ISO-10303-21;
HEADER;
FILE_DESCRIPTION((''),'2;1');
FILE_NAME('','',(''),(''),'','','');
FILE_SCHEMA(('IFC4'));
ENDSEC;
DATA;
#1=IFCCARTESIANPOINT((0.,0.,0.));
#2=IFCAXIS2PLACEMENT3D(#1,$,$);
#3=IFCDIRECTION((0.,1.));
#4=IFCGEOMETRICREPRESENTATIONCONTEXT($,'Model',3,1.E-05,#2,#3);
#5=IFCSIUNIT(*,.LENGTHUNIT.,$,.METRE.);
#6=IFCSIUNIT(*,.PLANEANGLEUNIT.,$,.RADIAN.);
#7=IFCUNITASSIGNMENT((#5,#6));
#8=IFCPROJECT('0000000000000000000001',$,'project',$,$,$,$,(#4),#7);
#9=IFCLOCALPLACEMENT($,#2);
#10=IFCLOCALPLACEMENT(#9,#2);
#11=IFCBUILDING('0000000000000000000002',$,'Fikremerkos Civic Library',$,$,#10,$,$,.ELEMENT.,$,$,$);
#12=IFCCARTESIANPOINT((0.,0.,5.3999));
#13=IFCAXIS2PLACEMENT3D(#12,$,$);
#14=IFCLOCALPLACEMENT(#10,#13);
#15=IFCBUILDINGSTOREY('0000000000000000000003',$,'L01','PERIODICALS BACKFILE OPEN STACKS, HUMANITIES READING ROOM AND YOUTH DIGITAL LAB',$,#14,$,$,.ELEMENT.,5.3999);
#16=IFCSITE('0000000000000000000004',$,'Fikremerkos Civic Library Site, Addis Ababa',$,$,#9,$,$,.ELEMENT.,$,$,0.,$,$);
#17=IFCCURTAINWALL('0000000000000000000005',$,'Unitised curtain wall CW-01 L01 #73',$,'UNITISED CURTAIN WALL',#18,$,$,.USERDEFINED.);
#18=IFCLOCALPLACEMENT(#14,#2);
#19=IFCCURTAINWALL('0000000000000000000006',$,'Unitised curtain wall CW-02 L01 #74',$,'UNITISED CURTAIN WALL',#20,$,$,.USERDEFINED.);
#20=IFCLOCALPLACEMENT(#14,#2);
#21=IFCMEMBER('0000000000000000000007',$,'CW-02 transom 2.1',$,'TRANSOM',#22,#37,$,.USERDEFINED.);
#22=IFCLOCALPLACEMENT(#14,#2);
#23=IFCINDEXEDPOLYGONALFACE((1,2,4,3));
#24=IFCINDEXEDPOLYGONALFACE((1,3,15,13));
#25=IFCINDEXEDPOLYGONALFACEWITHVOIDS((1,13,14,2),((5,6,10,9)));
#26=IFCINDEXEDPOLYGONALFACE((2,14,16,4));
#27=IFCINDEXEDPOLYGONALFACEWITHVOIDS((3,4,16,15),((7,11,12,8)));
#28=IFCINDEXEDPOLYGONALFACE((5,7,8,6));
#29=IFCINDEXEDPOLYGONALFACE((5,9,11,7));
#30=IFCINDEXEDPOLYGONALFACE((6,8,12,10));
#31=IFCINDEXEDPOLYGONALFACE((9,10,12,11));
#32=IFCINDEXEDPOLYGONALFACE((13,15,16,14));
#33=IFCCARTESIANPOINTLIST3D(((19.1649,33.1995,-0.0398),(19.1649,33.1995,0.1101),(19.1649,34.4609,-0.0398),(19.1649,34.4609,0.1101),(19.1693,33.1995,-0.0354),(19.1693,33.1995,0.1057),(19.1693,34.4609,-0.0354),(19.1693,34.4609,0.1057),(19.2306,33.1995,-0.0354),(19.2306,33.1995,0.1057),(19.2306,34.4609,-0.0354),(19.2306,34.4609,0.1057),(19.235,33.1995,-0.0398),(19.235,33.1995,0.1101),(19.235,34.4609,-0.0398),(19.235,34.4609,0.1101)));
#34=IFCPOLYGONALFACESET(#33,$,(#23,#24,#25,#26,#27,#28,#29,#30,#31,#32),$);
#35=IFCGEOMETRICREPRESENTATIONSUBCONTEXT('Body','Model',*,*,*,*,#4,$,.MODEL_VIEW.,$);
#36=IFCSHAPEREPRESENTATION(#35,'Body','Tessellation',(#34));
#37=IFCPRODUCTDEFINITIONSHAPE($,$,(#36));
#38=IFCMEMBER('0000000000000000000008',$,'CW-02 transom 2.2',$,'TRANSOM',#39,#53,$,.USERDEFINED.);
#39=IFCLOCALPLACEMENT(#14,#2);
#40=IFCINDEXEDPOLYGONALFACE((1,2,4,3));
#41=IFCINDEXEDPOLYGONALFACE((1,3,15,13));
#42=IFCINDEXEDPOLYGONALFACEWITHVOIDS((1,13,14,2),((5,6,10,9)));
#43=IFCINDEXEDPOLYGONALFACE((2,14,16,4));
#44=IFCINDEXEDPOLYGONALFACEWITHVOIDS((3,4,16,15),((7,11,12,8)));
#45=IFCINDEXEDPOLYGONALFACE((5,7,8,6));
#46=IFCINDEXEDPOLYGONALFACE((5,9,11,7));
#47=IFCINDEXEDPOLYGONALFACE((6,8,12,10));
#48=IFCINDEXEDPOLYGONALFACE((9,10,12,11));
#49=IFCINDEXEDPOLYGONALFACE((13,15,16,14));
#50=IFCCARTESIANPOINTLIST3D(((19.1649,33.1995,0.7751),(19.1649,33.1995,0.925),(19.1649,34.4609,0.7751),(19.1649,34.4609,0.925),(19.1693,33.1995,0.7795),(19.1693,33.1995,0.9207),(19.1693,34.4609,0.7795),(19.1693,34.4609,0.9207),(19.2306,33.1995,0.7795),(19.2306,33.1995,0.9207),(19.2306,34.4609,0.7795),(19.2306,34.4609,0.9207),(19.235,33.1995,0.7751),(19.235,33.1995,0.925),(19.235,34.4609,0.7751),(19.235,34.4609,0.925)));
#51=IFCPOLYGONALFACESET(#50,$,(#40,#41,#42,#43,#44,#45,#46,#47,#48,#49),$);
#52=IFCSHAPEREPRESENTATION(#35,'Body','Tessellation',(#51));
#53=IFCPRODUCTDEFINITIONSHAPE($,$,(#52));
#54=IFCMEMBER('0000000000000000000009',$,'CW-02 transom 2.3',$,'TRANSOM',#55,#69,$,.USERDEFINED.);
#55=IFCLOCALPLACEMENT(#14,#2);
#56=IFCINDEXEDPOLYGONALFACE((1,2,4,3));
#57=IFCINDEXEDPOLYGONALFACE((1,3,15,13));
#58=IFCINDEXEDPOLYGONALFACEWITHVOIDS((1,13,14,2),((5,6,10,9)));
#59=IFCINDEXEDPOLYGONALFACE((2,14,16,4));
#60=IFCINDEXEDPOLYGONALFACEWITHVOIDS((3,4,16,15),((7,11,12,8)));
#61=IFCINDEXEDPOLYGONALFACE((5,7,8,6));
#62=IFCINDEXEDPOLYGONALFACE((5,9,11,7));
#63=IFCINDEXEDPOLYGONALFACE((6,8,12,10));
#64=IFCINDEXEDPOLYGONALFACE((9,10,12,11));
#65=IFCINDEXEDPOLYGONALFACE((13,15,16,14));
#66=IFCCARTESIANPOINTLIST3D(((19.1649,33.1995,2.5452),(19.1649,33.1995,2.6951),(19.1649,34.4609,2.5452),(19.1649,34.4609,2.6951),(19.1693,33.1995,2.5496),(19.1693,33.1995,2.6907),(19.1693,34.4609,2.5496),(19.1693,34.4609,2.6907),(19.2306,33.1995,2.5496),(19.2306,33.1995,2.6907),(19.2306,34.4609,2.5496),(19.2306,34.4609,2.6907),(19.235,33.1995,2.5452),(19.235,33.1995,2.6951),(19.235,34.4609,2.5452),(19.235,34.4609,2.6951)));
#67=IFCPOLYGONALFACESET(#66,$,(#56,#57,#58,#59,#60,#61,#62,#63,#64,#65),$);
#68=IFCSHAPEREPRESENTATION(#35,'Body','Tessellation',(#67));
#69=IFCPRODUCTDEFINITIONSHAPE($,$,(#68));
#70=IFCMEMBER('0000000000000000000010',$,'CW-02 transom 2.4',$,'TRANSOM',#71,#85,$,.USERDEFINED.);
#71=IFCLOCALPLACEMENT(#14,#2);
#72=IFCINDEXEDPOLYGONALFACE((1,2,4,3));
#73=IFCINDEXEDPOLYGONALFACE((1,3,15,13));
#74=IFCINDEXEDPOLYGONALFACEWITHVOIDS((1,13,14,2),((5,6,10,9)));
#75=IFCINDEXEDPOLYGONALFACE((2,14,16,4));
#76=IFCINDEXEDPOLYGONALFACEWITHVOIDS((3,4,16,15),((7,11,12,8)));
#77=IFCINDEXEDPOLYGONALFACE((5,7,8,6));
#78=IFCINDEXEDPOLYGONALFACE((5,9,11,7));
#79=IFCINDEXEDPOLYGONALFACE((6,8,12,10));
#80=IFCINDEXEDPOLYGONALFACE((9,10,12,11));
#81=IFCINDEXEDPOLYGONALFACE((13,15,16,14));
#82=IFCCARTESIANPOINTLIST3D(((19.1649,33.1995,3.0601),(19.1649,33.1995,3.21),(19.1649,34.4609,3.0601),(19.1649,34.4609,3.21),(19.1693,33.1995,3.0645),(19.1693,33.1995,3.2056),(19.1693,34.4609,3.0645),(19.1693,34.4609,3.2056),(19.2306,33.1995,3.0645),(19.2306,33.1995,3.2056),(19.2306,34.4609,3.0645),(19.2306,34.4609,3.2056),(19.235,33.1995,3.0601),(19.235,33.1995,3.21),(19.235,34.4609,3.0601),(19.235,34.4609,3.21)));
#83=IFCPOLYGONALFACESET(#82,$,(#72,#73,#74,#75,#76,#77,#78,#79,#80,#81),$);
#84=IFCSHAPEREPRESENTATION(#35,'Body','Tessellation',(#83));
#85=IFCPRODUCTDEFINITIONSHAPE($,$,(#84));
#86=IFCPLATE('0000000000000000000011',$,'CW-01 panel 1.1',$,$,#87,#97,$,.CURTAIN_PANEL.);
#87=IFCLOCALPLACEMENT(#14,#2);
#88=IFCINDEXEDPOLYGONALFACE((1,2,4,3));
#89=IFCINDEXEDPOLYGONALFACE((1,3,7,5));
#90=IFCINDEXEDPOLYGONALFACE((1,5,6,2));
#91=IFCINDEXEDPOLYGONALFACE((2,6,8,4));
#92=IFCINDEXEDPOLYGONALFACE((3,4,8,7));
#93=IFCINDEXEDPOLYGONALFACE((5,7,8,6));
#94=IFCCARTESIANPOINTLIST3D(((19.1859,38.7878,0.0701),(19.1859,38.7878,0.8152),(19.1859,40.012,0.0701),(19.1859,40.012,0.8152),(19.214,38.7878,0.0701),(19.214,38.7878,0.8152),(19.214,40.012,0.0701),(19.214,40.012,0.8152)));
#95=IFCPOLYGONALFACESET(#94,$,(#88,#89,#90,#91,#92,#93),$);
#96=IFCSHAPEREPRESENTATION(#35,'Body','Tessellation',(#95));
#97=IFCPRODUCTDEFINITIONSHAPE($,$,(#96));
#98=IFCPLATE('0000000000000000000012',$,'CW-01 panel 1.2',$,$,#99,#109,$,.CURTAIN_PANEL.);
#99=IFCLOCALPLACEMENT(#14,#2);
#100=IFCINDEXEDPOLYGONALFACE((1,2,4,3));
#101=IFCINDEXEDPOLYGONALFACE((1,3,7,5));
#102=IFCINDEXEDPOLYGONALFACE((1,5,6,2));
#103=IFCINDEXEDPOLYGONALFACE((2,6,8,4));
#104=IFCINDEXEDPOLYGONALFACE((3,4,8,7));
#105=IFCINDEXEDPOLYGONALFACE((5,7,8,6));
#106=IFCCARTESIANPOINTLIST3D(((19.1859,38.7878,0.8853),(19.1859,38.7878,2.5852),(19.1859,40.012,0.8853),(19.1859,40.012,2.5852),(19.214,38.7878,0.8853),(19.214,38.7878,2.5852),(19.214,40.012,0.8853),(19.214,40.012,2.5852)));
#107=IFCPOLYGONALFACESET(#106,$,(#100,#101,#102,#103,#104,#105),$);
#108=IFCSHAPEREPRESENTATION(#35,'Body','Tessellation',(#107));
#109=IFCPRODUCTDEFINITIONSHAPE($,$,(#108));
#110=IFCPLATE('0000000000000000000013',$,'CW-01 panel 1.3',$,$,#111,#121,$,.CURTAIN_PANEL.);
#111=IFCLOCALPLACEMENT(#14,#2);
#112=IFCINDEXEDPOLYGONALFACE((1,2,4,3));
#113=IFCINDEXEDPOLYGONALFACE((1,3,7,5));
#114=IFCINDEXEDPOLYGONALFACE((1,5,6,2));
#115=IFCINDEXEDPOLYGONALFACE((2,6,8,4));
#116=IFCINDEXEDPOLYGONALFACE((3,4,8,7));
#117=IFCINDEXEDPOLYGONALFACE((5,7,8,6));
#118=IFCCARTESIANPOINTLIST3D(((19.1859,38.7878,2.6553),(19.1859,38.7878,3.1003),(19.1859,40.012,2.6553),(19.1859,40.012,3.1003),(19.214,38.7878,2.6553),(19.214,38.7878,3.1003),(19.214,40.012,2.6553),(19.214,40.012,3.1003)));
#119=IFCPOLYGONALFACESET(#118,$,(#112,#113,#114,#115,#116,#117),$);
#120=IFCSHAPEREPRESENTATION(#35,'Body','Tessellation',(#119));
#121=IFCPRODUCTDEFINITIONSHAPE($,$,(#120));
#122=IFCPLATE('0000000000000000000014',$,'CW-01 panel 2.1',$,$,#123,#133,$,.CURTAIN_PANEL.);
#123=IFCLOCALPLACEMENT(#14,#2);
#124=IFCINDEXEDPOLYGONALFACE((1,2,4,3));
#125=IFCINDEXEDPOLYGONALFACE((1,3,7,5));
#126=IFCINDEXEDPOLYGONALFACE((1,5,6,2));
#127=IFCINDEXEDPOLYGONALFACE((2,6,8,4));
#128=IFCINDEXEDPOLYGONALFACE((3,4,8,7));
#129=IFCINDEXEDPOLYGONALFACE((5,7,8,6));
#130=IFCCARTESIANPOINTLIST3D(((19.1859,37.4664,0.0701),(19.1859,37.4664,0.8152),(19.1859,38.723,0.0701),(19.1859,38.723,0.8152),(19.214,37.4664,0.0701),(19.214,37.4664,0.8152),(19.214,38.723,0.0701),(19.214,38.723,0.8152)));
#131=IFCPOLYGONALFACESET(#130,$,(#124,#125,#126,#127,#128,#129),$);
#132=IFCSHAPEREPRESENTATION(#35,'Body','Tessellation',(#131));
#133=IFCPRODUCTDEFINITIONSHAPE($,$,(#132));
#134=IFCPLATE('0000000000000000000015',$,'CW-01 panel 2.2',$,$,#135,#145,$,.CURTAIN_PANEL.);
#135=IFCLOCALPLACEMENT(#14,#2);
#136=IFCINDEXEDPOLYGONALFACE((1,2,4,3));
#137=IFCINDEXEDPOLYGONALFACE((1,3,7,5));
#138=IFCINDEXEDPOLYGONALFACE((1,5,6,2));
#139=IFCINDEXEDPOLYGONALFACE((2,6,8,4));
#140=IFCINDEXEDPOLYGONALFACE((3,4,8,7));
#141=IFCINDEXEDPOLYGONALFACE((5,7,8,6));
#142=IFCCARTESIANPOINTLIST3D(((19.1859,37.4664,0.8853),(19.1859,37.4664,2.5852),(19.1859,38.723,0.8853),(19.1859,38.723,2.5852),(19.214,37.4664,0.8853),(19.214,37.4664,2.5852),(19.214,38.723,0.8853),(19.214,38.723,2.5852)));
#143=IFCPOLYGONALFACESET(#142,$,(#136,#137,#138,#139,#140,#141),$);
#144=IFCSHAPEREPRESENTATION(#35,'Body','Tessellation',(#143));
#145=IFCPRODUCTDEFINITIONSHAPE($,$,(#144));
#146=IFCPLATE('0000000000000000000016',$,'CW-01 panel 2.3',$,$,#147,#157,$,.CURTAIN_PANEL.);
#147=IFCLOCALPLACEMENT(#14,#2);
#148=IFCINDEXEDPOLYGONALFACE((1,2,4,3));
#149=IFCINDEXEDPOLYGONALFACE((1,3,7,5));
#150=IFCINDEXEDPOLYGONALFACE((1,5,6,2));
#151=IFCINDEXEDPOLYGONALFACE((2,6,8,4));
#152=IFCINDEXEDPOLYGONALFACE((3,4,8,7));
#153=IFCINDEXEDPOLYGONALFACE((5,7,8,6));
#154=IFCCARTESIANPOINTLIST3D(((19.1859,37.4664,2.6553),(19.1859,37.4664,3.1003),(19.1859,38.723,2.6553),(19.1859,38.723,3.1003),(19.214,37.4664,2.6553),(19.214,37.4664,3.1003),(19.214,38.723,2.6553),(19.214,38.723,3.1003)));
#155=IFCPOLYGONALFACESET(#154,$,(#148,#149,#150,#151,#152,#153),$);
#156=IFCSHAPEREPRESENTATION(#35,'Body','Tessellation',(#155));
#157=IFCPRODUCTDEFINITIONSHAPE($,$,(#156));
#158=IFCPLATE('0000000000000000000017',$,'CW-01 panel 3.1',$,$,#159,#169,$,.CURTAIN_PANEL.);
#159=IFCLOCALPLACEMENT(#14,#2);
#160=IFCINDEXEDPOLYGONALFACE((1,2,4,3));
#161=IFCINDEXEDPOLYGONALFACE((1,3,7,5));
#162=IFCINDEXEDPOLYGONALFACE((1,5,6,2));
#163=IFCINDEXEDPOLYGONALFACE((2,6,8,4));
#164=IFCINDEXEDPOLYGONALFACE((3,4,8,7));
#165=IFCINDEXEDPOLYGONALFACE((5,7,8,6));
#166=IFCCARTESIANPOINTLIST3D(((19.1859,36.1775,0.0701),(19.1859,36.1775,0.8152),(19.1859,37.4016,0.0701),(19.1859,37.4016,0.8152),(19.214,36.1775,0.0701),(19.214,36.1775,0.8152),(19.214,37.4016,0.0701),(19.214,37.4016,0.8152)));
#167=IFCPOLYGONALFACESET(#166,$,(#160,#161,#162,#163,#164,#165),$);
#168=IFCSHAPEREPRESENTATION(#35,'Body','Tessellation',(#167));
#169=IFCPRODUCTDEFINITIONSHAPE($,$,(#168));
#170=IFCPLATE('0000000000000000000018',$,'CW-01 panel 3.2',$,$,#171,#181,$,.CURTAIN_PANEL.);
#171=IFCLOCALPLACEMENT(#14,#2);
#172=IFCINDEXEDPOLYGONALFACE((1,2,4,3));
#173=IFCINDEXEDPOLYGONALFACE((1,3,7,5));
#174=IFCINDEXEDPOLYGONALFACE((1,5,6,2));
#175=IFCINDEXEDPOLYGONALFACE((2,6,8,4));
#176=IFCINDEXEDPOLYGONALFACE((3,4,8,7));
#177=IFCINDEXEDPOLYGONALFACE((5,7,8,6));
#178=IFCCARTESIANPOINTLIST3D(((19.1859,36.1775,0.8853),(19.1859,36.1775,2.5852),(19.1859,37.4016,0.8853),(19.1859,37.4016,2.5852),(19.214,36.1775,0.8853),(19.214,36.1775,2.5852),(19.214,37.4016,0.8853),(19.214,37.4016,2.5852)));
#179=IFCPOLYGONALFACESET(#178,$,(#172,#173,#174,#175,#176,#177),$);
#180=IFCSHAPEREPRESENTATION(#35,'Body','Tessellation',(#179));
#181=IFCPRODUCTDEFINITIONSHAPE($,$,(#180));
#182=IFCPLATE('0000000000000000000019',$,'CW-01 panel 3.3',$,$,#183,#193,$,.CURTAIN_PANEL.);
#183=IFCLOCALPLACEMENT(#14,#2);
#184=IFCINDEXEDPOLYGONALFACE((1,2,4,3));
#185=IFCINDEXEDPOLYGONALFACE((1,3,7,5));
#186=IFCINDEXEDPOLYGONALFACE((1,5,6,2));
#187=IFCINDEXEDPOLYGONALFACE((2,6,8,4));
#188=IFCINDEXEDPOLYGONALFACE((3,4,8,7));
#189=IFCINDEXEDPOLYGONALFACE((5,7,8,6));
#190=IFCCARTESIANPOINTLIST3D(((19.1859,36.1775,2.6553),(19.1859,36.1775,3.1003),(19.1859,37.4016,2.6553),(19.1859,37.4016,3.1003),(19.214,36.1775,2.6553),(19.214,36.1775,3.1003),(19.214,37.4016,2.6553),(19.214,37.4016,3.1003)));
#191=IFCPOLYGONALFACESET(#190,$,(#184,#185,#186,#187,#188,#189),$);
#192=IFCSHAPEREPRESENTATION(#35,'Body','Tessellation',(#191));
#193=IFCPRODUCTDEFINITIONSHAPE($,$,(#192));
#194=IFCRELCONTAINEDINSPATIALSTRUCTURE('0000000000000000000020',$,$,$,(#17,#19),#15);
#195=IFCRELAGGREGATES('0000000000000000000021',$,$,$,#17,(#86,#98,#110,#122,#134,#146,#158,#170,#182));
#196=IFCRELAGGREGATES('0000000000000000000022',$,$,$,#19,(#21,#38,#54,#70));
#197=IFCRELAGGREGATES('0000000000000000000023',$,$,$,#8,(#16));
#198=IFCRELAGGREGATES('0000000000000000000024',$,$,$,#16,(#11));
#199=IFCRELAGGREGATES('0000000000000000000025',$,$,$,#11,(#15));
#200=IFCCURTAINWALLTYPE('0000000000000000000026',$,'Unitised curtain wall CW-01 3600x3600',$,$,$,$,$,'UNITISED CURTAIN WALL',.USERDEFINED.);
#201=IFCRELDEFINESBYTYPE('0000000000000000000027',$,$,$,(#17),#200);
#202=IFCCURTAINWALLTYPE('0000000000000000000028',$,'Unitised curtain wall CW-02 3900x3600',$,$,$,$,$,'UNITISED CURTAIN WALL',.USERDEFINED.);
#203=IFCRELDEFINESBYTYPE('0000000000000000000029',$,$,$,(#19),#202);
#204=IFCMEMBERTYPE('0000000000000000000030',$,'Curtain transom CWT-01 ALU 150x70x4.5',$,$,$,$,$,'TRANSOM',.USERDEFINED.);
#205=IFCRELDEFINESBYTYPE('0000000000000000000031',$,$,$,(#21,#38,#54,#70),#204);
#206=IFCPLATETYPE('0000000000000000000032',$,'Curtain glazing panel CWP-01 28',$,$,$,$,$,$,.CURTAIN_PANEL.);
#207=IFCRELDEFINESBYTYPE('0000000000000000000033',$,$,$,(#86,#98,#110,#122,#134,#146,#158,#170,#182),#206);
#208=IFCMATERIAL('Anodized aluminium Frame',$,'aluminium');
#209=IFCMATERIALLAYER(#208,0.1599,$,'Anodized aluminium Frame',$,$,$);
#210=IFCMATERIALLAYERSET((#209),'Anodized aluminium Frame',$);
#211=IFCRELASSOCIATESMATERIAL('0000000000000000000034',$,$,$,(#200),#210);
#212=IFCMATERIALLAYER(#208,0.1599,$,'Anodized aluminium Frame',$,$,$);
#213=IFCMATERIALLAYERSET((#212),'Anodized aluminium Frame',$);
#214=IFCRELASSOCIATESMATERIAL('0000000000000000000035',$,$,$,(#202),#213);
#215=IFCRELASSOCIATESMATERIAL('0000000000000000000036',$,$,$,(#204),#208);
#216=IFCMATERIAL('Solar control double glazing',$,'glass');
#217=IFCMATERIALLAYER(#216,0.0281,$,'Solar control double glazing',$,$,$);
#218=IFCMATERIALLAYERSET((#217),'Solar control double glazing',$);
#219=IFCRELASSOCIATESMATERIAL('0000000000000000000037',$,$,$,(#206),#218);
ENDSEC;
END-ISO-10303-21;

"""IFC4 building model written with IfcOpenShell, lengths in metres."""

from ifc_helpers import new_model, si_unit, direction, frame, origin, origin_2d, place, context, subcontext, project, spatial, rectangle, hollow_rectangle, extrude, material, layer, layer_set, material_profile, profile_set, type_object, element, aggregate, save


model = new_model("IFC4")

# Units and contexts
model_context = context("Model", 3, precision=1e-05, world=origin(), true_north=direction((0.0, 1.0)))
body_context = subcontext(model_context, "Body", "Model", "MODEL_VIEW")
ifc_project = project(units=[si_unit("LENGTHUNIT", "METRE"), si_unit("PLANEANGLEUNIT", "RADIAN")], contexts=[model_context])

# Site, building, storey
site_placement = place(None, origin())
site = spatial("IfcSite", under=ifc_project, at=site_placement, Name="Fikremerkos Civic Library Site, Addis Ababa", CompositionType="ELEMENT", RefElevation=0.0)
building_placement = place(site_placement, origin())
building = spatial("IfcBuilding", under=site, at=building_placement, Name="Fikremerkos Civic Library", CompositionType="ELEMENT")
storey_placement = place(building_placement, frame((0.0, 0.0, 5.3999)))
storey = spatial("IfcBuildingStorey", under=building, at=storey_placement, Name="L01", Description="PERIODICALS BACKFILE OPEN STACKS, HUMANITIES READING ROOM AND YOUTH DIGITAL LAB", CompositionType="ELEMENT", Elevation=5.3999)

# Curtain walls
ifc_material_1 = material(Name="Anodized aluminium Frame", Category="aluminium")
ifc_layer_1 = layer(ifc_material_1, 0.1599, Name="Anodized aluminium Frame")
ifc_layer_set_1 = layer_set([ifc_layer_1], Name="Anodized aluminium Frame")
curtain_wall_type_1 = type_object("IfcCurtainWallType", Name="Unitised curtain wall CW-01 3600x3600", ElementType="UNITISED CURTAIN WALL", PredefinedType="USERDEFINED", material=ifc_layer_set_1)
curtain_wall_1_placement = place(storey_placement, origin())
curtain_wall_1 = element("IfcCurtainWall", 1, at=curtain_wall_1_placement, inside=storey, type_object=curtain_wall_type_1, Name="Unitised curtain wall CW-01 L01 #73", ObjectType="UNITISED CURTAIN WALL", PredefinedType="USERDEFINED")
ifc_layer_2 = layer(ifc_material_1, 0.1599, Name="Anodized aluminium Frame")
ifc_layer_set_2 = layer_set([ifc_layer_2], Name="Anodized aluminium Frame")
curtain_wall_type_2 = type_object("IfcCurtainWallType", Name="Unitised curtain wall CW-02 3900x3600", ElementType="UNITISED CURTAIN WALL", PredefinedType="USERDEFINED", material=ifc_layer_set_2)
curtain_wall_2_placement = place(storey_placement, origin())
curtain_wall_2 = element("IfcCurtainWall", 2, at=curtain_wall_2_placement, inside=storey, type_object=curtain_wall_type_2, Name="Unitised curtain wall CW-02 L01 #74", ObjectType="UNITISED CURTAIN WALL", PredefinedType="USERDEFINED")

# Members
ifc_material_profile_1 = material_profile(ifc_material_1, hollow_rectangle(XDim=0.0701, YDim=0.1499, WallThickness=0.0044, at=origin_2d()), Name="ALU 150x70x4.5")
ifc_profile_set_1 = profile_set([ifc_material_profile_1], Name="Anodized aluminium Frame")
member_type_1 = type_object("IfcMemberType", Name="Curtain transom CWT-01 ALU 150x70x4.5", ElementType="TRANSOM", PredefinedType="USERDEFINED", material=ifc_profile_set_1)
member_1_placement = place(storey_placement, frame((19.2, 34.4609, 0.0352), z_axis=(0.0, -1.0, 0.0), x_axis=(1.0, 0.0, 0.0)))
member_1 = element("IfcMember", 3, at=member_1_placement, type_object=member_type_1, Name="CW-02 transom 2.1", ObjectType="TRANSOM", PredefinedType="USERDEFINED", context=body_context, shape_type="SweptSolid", body=[
    extrude(hollow_rectangle(XDim=0.0701, YDim=0.1499, WallThickness=0.0044, at=origin_2d()), origin(), (0.0, 0.0, 1.0), 1.2615),
])
member_2_placement = place(storey_placement, frame((19.2, 34.4609, 0.8501), z_axis=(0.0, -1.0, 0.0), x_axis=(1.0, 0.0, 0.0)))
member_2 = element("IfcMember", 4, at=member_2_placement, type_object=member_type_1, Name="CW-02 transom 2.2", ObjectType="TRANSOM", PredefinedType="USERDEFINED", context=body_context, shape_type="SweptSolid", body=[
    extrude(hollow_rectangle(XDim=0.0701, YDim=0.1499, WallThickness=0.0044, at=origin_2d()), origin(), (0.0, 0.0, 1.0), 1.2615),
])
member_3_placement = place(storey_placement, frame((19.2, 34.4609, 2.6201), z_axis=(0.0, -1.0, 0.0), x_axis=(1.0, 0.0, 0.0)))
member_3 = element("IfcMember", 5, at=member_3_placement, type_object=member_type_1, Name="CW-02 transom 2.3", ObjectType="TRANSOM", PredefinedType="USERDEFINED", context=body_context, shape_type="SweptSolid", body=[
    extrude(hollow_rectangle(XDim=0.0701, YDim=0.1499, WallThickness=0.0044, at=origin_2d()), origin(), (0.0, 0.0, 1.0), 1.2615),
])
member_4_placement = place(storey_placement, frame((19.2, 34.4609, 3.135), z_axis=(0.0, -1.0, 0.0), x_axis=(1.0, 0.0, 0.0)))
member_4 = element("IfcMember", 6, at=member_4_placement, type_object=member_type_1, Name="CW-02 transom 2.4", ObjectType="TRANSOM", PredefinedType="USERDEFINED", context=body_context, shape_type="SweptSolid", body=[
    extrude(hollow_rectangle(XDim=0.0701, YDim=0.1499, WallThickness=0.0044, at=origin_2d()), origin(), (0.0, 0.0, 1.0), 1.2615),
])

# Plates
ifc_material_2 = material(Name="Solar control double glazing", Category="glass")
ifc_layer_3 = layer(ifc_material_2, 0.0281, Name="Solar control double glazing")
ifc_layer_set_3 = layer_set([ifc_layer_3], Name="Solar control double glazing")
plate_type_1 = type_object("IfcPlateType", Name="Curtain glazing panel CWP-01 28", PredefinedType="CURTAIN_PANEL", material=ifc_layer_set_3)
plate_1_placement = place(storey_placement, frame((19.2, 39.3999, 0.0701), z_axis=(0.0, 0.0, 1.0), x_axis=(0.0, -1.0, 0.0)))
plate_1 = element("IfcPlate", 7, at=plate_1_placement, type_object=plate_type_1, Name="CW-01 panel 1.1", PredefinedType="CURTAIN_PANEL", context=body_context, shape_type="SweptSolid", body=[
    extrude(rectangle(XDim=1.2241, YDim=0.0281, at=origin_2d()), origin(), (0.0, 0.0, 1.0), 0.7451),
])
plate_2_placement = place(storey_placement, frame((19.2, 39.3999, 0.8853), z_axis=(0.0, 0.0, 1.0), x_axis=(0.0, -1.0, 0.0)))
plate_2 = element("IfcPlate", 8, at=plate_2_placement, type_object=plate_type_1, Name="CW-01 panel 1.2", PredefinedType="CURTAIN_PANEL", context=body_context, shape_type="SweptSolid", body=[
    extrude(rectangle(XDim=1.2241, YDim=0.0281, at=origin_2d()), origin(), (0.0, 0.0, 1.0), 1.7),
])
plate_3_placement = place(storey_placement, frame((19.2, 39.3999, 2.6553), z_axis=(0.0, 0.0, 1.0), x_axis=(0.0, -1.0, 0.0)))
plate_3 = element("IfcPlate", 9, at=plate_3_placement, type_object=plate_type_1, Name="CW-01 panel 1.3", PredefinedType="CURTAIN_PANEL", context=body_context, shape_type="SweptSolid", body=[
    extrude(rectangle(XDim=1.2241, YDim=0.0281, at=origin_2d()), origin(), (0.0, 0.0, 1.0), 0.4451),
])
plate_4_placement = place(storey_placement, frame((19.2, 38.0947, 0.0701), z_axis=(0.0, 0.0, 1.0), x_axis=(0.0, -1.0, 0.0)))
plate_4 = element("IfcPlate", 10, at=plate_4_placement, type_object=plate_type_1, Name="CW-01 panel 2.1", PredefinedType="CURTAIN_PANEL", context=body_context, shape_type="SweptSolid", body=[
    extrude(rectangle(XDim=1.2566, YDim=0.0281, at=origin_2d()), origin(), (0.0, 0.0, 1.0), 0.7451),
])
plate_5_placement = place(storey_placement, frame((19.2, 38.0947, 0.8853), z_axis=(0.0, 0.0, 1.0), x_axis=(0.0, -1.0, 0.0)))
plate_5 = element("IfcPlate", 11, at=plate_5_placement, type_object=plate_type_1, Name="CW-01 panel 2.2", PredefinedType="CURTAIN_PANEL", context=body_context, shape_type="SweptSolid", body=[
    extrude(rectangle(XDim=1.2566, YDim=0.0281, at=origin_2d()), origin(), (0.0, 0.0, 1.0), 1.7),
])
plate_6_placement = place(storey_placement, frame((19.2, 38.0947, 2.6553), z_axis=(0.0, 0.0, 1.0), x_axis=(0.0, -1.0, 0.0)))
plate_6 = element("IfcPlate", 12, at=plate_6_placement, type_object=plate_type_1, Name="CW-01 panel 2.3", PredefinedType="CURTAIN_PANEL", context=body_context, shape_type="SweptSolid", body=[
    extrude(rectangle(XDim=1.2566, YDim=0.0281, at=origin_2d()), origin(), (0.0, 0.0, 1.0), 0.4451),
])
plate_7_placement = place(storey_placement, frame((19.2, 36.7896, 0.0701), z_axis=(0.0, 0.0, 1.0), x_axis=(0.0, -1.0, 0.0)))
plate_7 = element("IfcPlate", 13, at=plate_7_placement, type_object=plate_type_1, Name="CW-01 panel 3.1", PredefinedType="CURTAIN_PANEL", context=body_context, shape_type="SweptSolid", body=[
    extrude(rectangle(XDim=1.2241, YDim=0.0281, at=origin_2d()), origin(), (0.0, 0.0, 1.0), 0.7451),
])
plate_8_placement = place(storey_placement, frame((19.2, 36.7896, 0.8853), z_axis=(0.0, 0.0, 1.0), x_axis=(0.0, -1.0, 0.0)))
plate_8 = element("IfcPlate", 14, at=plate_8_placement, type_object=plate_type_1, Name="CW-01 panel 3.2", PredefinedType="CURTAIN_PANEL", context=body_context, shape_type="SweptSolid", body=[
    extrude(rectangle(XDim=1.2241, YDim=0.0281, at=origin_2d()), origin(), (0.0, 0.0, 1.0), 1.7),
])
plate_9_placement = place(storey_placement, frame((19.2, 36.7896, 2.6553), z_axis=(0.0, 0.0, 1.0), x_axis=(0.0, -1.0, 0.0)))
plate_9 = element("IfcPlate", 15, at=plate_9_placement, type_object=plate_type_1, Name="CW-01 panel 3.3", PredefinedType="CURTAIN_PANEL", context=body_context, shape_type="SweptSolid", body=[
    extrude(rectangle(XDim=1.2241, YDim=0.0281, at=origin_2d()), origin(), (0.0, 0.0, 1.0), 0.4451),
])
aggregate(curtain_wall_1, [plate_1, plate_2, plate_3, plate_4, plate_5, plate_6, plate_7, plate_8, plate_9])
aggregate(curtain_wall_2, [member_1, member_2, member_3, member_4])

save(model, "model.ifc")
